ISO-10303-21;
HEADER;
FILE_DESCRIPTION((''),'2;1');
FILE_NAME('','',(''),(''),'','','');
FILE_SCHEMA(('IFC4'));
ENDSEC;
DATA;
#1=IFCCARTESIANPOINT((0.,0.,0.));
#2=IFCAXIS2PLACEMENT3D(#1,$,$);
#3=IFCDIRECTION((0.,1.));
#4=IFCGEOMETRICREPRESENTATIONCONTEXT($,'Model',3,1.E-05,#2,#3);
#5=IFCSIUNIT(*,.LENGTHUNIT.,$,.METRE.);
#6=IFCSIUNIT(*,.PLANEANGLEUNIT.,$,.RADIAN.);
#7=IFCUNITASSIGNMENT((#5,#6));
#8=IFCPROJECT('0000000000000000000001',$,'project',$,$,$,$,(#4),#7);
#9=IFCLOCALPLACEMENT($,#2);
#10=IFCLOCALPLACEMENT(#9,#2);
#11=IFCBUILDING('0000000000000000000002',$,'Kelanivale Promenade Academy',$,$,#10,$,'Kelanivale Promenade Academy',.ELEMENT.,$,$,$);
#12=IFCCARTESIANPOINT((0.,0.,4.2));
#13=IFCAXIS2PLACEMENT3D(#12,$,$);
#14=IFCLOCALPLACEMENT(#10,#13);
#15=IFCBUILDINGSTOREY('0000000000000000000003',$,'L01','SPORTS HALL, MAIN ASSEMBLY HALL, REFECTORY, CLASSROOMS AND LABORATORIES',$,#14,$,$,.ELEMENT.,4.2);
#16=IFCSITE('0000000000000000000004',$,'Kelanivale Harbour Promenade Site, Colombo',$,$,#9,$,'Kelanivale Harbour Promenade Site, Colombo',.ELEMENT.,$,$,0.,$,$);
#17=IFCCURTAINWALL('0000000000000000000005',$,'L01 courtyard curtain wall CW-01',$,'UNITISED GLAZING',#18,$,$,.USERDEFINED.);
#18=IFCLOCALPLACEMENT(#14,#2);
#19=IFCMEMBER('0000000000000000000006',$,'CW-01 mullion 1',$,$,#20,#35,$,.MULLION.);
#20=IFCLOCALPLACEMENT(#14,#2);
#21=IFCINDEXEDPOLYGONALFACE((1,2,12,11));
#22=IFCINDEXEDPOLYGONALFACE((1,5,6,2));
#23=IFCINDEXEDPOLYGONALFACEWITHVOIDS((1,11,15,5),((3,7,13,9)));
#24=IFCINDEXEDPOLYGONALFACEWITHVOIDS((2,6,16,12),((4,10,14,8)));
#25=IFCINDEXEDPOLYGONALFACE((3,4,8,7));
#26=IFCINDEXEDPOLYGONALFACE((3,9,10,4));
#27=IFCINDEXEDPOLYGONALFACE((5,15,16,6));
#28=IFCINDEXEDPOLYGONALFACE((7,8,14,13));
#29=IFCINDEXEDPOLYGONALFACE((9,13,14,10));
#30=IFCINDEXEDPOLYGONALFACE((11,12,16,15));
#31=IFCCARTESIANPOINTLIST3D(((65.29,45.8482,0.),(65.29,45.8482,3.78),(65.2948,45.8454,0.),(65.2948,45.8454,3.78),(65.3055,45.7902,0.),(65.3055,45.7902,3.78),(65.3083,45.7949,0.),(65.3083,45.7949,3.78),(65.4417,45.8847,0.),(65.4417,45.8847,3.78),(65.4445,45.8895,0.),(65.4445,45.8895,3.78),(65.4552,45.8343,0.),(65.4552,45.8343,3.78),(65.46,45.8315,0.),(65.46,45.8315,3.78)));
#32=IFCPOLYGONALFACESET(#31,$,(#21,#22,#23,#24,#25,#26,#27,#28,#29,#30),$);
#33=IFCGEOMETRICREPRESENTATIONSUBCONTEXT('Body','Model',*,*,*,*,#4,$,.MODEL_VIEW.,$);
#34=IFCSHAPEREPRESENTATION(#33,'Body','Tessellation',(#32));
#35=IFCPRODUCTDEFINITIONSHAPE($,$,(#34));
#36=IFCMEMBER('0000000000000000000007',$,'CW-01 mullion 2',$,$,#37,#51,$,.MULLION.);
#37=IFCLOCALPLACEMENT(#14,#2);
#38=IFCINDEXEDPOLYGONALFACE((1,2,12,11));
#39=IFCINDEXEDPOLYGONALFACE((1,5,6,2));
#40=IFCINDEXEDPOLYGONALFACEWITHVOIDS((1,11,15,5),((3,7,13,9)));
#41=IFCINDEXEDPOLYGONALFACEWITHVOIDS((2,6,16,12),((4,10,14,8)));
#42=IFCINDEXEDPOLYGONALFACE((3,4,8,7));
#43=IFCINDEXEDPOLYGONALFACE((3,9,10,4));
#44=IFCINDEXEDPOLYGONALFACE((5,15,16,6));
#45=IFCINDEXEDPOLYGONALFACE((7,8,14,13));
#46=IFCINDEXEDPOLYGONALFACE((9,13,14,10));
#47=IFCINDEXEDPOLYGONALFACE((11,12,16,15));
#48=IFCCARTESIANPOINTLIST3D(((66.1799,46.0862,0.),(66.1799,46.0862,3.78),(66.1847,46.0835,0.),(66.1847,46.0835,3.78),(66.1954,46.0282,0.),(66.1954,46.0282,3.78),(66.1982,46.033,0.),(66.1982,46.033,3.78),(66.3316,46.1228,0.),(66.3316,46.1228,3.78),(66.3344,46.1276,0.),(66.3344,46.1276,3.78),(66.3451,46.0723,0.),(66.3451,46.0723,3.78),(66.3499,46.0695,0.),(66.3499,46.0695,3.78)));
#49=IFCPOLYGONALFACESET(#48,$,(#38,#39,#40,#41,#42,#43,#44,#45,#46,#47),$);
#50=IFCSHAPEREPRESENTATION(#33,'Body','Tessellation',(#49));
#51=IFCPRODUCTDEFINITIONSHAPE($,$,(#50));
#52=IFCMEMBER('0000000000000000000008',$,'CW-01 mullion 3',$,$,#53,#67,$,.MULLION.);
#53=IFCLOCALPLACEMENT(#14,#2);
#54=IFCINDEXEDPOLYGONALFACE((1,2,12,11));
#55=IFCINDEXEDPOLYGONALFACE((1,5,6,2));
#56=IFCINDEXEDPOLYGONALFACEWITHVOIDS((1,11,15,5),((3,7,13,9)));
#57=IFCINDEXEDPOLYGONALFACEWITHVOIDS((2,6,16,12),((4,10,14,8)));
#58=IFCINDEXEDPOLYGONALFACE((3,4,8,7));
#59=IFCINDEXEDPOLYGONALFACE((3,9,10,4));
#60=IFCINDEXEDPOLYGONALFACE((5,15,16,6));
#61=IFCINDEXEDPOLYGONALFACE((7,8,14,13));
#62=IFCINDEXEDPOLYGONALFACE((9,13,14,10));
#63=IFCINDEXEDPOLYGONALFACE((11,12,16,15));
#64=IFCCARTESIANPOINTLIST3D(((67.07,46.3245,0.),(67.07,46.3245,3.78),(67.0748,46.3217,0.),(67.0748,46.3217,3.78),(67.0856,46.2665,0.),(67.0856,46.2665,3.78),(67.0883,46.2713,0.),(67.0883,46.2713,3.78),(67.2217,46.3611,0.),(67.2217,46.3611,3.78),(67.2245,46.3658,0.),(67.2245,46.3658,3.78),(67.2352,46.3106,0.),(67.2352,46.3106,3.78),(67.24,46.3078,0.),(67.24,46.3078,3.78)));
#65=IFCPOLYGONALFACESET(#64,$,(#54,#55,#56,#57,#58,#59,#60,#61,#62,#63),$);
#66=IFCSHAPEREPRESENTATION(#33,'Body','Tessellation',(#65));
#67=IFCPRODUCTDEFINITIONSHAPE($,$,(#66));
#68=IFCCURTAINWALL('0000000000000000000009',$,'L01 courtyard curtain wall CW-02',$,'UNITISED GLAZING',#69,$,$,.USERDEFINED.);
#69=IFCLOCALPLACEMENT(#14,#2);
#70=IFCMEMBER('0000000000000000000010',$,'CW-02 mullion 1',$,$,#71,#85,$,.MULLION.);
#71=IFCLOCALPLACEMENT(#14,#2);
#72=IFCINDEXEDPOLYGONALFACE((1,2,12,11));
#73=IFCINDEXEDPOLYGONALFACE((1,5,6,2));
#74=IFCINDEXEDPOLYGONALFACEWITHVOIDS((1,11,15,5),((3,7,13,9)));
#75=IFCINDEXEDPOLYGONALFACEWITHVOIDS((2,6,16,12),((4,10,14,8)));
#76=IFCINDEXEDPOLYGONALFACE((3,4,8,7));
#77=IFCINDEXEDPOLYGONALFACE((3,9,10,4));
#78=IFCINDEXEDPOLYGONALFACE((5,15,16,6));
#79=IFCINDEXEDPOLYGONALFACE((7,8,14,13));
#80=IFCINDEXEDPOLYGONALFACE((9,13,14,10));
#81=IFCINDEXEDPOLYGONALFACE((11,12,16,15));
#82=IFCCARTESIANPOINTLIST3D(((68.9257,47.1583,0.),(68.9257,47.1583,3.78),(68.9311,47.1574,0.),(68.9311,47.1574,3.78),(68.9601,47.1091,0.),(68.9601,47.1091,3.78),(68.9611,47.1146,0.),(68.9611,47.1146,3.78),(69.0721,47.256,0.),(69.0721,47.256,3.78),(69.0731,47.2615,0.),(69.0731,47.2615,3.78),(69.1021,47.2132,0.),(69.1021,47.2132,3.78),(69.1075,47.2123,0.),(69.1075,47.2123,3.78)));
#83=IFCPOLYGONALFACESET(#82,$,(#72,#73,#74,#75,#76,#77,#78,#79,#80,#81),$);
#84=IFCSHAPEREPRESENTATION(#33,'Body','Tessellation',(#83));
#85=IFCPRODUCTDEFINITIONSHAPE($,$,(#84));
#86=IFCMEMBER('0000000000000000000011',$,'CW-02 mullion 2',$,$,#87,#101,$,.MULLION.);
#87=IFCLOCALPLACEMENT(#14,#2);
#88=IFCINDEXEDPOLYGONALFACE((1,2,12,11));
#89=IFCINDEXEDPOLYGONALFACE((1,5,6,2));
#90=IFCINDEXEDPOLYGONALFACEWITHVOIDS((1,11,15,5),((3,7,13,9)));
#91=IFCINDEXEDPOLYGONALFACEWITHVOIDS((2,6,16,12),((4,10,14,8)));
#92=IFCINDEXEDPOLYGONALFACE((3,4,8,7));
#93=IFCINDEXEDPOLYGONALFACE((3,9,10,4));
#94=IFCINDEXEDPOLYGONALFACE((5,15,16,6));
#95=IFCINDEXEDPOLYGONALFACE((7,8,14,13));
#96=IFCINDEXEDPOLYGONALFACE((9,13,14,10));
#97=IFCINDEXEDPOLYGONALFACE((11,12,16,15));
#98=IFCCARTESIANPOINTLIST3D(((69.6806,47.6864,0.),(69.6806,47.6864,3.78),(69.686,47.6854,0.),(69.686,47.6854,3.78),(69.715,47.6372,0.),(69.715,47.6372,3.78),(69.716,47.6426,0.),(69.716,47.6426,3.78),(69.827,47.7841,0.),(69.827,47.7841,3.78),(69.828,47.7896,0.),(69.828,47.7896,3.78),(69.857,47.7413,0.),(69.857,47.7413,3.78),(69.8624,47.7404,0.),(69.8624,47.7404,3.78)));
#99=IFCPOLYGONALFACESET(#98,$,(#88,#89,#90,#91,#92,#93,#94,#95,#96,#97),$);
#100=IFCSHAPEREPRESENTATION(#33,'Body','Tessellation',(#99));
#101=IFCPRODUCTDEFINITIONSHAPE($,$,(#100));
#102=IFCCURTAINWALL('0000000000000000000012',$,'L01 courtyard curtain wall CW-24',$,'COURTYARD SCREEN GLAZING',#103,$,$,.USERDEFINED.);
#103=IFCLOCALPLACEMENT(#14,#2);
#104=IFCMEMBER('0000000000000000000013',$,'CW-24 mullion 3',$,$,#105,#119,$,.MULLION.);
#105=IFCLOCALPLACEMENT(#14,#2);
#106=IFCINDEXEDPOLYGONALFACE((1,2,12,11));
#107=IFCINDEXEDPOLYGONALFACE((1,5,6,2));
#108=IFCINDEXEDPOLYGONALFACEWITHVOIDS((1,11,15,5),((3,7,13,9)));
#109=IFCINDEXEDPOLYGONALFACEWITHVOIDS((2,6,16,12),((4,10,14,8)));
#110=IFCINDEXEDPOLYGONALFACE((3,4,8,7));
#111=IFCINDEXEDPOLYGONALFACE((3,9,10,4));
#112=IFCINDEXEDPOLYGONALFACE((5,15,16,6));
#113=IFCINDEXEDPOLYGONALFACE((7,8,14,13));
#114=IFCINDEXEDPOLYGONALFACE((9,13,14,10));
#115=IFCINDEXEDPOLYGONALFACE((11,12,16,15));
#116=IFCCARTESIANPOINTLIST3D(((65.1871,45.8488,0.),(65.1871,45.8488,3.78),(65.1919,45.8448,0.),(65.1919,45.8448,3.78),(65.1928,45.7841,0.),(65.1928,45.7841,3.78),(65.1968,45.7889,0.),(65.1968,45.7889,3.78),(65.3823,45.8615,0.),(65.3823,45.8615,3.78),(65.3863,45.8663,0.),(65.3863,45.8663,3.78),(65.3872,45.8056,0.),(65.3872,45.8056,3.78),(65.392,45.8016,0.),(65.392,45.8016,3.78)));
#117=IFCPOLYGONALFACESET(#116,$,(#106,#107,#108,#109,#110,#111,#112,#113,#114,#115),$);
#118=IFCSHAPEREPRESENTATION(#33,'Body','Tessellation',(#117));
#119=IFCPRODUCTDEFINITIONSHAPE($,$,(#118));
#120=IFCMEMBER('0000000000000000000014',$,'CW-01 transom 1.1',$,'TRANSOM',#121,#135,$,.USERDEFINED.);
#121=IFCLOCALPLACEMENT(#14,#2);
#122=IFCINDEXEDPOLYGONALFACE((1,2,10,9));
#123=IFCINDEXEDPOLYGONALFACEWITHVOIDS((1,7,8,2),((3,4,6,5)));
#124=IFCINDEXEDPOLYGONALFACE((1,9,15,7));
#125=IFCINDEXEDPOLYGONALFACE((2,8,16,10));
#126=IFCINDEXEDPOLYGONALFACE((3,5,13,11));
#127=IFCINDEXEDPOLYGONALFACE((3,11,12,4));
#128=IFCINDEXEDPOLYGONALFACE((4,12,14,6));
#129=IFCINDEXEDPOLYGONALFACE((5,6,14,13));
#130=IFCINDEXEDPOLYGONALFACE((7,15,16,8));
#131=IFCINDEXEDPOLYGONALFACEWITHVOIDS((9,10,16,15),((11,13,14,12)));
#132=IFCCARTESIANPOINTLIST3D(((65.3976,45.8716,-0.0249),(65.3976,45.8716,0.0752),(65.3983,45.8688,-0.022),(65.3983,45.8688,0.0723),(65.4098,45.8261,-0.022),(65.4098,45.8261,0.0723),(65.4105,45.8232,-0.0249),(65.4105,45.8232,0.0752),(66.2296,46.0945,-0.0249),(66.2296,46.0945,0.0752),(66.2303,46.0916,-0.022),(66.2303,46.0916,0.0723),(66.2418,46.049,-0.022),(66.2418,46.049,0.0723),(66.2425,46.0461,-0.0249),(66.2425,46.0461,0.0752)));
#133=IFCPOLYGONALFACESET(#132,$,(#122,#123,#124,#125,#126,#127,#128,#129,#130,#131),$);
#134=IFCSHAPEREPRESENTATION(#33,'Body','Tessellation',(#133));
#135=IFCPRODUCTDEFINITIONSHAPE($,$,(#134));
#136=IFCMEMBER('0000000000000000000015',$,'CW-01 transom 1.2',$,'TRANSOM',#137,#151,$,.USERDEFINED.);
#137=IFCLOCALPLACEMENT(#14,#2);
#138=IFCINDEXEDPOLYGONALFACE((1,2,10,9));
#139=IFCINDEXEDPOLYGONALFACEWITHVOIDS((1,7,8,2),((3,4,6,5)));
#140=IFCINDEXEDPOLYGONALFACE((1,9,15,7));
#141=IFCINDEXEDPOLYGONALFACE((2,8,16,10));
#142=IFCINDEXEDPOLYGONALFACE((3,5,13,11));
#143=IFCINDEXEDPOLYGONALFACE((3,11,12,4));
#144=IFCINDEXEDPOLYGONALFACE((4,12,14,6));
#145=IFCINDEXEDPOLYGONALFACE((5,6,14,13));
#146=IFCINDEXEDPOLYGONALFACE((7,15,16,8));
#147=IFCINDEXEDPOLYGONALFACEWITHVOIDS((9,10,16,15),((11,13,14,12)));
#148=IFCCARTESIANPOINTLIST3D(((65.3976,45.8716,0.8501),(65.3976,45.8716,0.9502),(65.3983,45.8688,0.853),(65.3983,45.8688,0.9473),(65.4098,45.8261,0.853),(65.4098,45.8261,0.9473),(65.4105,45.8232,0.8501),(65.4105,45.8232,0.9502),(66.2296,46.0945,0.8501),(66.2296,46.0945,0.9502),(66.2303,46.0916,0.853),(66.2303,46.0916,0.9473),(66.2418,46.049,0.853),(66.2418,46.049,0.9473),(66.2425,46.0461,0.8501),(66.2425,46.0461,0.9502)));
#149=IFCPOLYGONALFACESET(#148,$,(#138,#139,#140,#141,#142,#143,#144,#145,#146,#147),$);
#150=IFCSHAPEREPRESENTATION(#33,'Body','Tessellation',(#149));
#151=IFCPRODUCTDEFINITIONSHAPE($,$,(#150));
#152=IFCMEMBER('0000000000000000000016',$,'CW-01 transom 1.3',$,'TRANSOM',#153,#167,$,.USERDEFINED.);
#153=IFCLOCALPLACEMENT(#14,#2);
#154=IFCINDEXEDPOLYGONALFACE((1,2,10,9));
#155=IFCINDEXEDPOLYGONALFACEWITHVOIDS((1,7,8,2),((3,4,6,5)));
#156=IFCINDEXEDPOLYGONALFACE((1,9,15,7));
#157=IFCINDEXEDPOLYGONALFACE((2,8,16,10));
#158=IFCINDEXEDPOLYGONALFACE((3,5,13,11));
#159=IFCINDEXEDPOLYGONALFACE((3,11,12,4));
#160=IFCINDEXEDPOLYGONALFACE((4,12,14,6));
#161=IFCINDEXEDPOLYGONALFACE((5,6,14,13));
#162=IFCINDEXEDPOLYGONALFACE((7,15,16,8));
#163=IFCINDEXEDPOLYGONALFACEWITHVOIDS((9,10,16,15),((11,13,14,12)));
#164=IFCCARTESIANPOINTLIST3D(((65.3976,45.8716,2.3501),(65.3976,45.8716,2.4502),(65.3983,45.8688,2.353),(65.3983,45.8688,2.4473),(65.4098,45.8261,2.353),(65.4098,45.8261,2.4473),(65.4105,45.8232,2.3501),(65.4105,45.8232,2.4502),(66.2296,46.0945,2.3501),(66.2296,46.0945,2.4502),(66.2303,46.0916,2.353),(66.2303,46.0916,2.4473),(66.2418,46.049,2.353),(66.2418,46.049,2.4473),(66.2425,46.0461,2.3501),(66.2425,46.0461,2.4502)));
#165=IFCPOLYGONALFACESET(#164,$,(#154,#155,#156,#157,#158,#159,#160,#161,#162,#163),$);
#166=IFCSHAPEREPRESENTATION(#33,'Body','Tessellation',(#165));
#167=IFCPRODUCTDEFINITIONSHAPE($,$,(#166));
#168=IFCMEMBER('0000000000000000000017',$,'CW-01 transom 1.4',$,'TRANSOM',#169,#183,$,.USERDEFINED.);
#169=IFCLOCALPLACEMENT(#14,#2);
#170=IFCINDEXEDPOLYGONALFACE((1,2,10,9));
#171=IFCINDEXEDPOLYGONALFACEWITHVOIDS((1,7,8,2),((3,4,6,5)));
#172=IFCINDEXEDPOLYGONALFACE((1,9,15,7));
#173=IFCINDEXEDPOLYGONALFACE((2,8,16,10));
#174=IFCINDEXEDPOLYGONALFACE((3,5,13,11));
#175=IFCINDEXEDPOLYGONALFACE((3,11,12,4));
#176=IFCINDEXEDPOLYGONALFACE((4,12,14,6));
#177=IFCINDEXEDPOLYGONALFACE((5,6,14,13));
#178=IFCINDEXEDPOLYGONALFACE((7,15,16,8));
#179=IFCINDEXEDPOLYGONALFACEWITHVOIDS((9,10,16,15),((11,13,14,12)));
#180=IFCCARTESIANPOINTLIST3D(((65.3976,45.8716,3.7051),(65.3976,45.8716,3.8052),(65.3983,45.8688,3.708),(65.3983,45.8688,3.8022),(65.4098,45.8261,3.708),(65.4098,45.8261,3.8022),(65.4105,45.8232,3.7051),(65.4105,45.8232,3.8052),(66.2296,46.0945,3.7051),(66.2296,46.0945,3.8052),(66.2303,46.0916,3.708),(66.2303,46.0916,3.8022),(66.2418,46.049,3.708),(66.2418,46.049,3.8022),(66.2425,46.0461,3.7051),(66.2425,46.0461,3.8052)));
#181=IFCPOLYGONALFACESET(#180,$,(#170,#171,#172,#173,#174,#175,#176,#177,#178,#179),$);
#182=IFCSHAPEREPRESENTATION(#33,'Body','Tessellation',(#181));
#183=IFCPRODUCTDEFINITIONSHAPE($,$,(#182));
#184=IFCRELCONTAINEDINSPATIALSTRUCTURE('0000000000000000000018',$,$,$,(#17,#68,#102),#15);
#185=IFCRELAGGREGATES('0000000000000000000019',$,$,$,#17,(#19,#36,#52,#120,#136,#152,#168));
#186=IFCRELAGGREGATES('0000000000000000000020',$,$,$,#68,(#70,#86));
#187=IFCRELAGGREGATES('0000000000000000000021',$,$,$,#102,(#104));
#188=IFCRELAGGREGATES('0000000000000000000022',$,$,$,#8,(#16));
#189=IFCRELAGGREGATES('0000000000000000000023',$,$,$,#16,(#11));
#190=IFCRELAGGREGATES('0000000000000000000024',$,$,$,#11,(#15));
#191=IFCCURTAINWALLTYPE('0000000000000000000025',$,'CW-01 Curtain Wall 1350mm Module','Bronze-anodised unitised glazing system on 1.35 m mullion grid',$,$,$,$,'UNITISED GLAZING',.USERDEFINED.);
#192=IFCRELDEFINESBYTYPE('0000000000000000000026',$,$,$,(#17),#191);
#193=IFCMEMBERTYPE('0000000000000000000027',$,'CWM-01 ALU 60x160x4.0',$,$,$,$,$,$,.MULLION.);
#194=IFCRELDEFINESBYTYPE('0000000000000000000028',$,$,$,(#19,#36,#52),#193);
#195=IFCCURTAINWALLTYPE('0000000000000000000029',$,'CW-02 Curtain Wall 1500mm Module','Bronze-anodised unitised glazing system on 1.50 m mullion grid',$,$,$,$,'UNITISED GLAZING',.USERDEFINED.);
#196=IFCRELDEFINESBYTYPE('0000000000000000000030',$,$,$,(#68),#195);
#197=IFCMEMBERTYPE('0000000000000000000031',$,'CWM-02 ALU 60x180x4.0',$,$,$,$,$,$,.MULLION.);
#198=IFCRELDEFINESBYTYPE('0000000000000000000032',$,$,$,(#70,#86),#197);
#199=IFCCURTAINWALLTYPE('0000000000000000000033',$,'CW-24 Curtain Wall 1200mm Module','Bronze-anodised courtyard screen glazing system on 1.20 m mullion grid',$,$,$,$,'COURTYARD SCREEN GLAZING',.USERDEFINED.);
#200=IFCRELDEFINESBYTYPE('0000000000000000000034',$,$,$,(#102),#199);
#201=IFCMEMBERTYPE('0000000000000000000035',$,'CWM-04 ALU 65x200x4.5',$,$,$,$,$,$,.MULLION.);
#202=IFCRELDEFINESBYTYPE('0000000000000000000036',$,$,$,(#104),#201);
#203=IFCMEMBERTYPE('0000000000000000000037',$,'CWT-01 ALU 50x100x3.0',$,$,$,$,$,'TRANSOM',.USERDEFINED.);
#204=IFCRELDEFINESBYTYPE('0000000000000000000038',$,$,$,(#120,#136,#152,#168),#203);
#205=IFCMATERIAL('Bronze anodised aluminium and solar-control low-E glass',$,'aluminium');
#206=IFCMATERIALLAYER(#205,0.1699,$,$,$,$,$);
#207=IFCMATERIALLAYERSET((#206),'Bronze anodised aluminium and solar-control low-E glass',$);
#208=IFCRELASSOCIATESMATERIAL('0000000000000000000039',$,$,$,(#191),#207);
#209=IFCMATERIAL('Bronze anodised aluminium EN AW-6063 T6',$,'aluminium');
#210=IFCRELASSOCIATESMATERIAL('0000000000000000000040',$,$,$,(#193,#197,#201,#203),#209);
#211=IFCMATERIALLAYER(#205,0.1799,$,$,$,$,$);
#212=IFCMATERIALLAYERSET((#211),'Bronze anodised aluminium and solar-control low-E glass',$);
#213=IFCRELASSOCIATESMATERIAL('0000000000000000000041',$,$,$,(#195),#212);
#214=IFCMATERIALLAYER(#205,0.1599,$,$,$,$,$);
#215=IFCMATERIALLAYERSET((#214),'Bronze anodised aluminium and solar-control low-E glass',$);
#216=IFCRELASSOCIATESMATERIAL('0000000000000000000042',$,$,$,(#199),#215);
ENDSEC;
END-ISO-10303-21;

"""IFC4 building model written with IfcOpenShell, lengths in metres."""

from ifc_helpers import new_model, si_unit, direction, frame, origin, origin_2d, place, context, subcontext, project, spatial, hollow_rectangle, extrude, material, layer, layer_set, material_profile, profile_set, type_object, element, aggregate, save


model = new_model("IFC4")

# Units and contexts
model_context = context("Model", 3, precision=1e-05, world=origin(), true_north=direction((0.0, 1.0)))
body_context = subcontext(model_context, "Body", "Model", "MODEL_VIEW")
ifc_project = project(units=[si_unit("LENGTHUNIT", "METRE"), si_unit("PLANEANGLEUNIT", "RADIAN")], contexts=[model_context])

# Site, building, storey
site_placement = place(None, origin())
site = spatial("IfcSite", under=ifc_project, at=site_placement, Name="Kelanivale Harbour Promenade Site, Colombo", LongName="Kelanivale Harbour Promenade Site, Colombo", CompositionType="ELEMENT", RefElevation=0.0)
building_placement = place(site_placement, origin())
building = spatial("IfcBuilding", under=site, at=building_placement, Name="Kelanivale Promenade Academy", LongName="Kelanivale Promenade Academy", CompositionType="ELEMENT")
storey_placement = place(building_placement, frame((0.0, 0.0, 4.2)))
storey = spatial("IfcBuildingStorey", under=building, at=storey_placement, Name="L01", Description="SPORTS HALL, MAIN ASSEMBLY HALL, REFECTORY, CLASSROOMS AND LABORATORIES", CompositionType="ELEMENT", Elevation=4.2)

# Curtain walls, members
ifc_material_1 = material(Name="Bronze anodised aluminium and solar-control low-E glass", Category="aluminium")
ifc_layer_1 = layer(ifc_material_1, 0.1699)
ifc_layer_set_1 = layer_set([ifc_layer_1], Name="Bronze anodised aluminium and solar-control low-E glass")
curtain_wall_type_1 = type_object("IfcCurtainWallType", Name="CW-01 Curtain Wall 1350mm Module", Description="Bronze-anodised unitised glazing system on 1.35 m mullion grid", ElementType="UNITISED GLAZING", PredefinedType="USERDEFINED", material=ifc_layer_set_1)
curtain_wall_1_placement = place(storey_placement, origin())
curtain_wall_1 = element("IfcCurtainWall", 1, at=curtain_wall_1_placement, inside=storey, type_object=curtain_wall_type_1, Name="L01 courtyard curtain wall CW-01", ObjectType="UNITISED GLAZING", PredefinedType="USERDEFINED")
ifc_material_2 = material(Name="Bronze anodised aluminium EN AW-6063 T6", Category="aluminium")
ifc_material_profile_1 = material_profile(ifc_material_2, hollow_rectangle(XDim=0.0601, YDim=0.1599, WallThickness=0.0039, at=origin_2d()), Name="ALU 60x160x4.0")
ifc_profile_set_1 = profile_set([ifc_material_profile_1], Name="Bronze anodised aluminium EN AW-6063 T6")
member_type_1 = type_object("IfcMemberType", Name="CWM-01 ALU 60x160x4.0", PredefinedType="MULLION", material=ifc_profile_set_1)
member_1_placement = place(storey_placement, frame((65.375, 45.8398, 0.0), z_axis=(0.0, 0.0, 1.0), x_axis=(-0.258578, 0.96599, 0.0)))
member_1 = element("IfcMember", 2, at=member_1_placement, type_object=member_type_1, Name="CW-01 mullion 1", PredefinedType="MULLION", context=body_context, shape_type="SweptSolid", body=[
    extrude(hollow_rectangle(XDim=0.0601, YDim=0.1599, WallThickness=0.0039, at=origin_2d()), origin(), (0.0, 0.0, 1.0), 3.78),
])
member_2_placement = place(storey_placement, frame((66.2649, 46.0779, 0.0), z_axis=(0.0, 0.0, 1.0), x_axis=(-0.258578, 0.96599, 0.0)))
member_2 = element("IfcMember", 3, at=member_2_placement, type_object=member_type_1, Name="CW-01 mullion 2", PredefinedType="MULLION", context=body_context, shape_type="SweptSolid", body=[
    extrude(hollow_rectangle(XDim=0.0601, YDim=0.1599, WallThickness=0.0039, at=origin_2d()), origin(), (0.0, 0.0, 1.0), 3.78),
])
member_3_placement = place(storey_placement, frame((67.155, 46.3162, 0.0), z_axis=(0.0, 0.0, 1.0), x_axis=(-0.258578, 0.96599, 0.0)))
member_3 = element("IfcMember", 4, at=member_3_placement, type_object=member_type_1, Name="CW-01 mullion 3", PredefinedType="MULLION", context=body_context, shape_type="SweptSolid", body=[
    extrude(hollow_rectangle(XDim=0.0601, YDim=0.1599, WallThickness=0.0039, at=origin_2d()), origin(), (0.0, 0.0, 1.0), 3.78),
])
ifc_layer_2 = layer(ifc_material_1, 0.1799)
ifc_layer_set_2 = layer_set([ifc_layer_2], Name="Bronze anodised aluminium and solar-control low-E glass")
curtain_wall_type_2 = type_object("IfcCurtainWallType", Name="CW-02 Curtain Wall 1500mm Module", Description="Bronze-anodised unitised glazing system on 1.50 m mullion grid", ElementType="UNITISED GLAZING", PredefinedType="USERDEFINED", material=ifc_layer_set_2)
curtain_wall_2_placement = place(storey_placement, origin())
curtain_wall_2 = element("IfcCurtainWall", 5, at=curtain_wall_2_placement, inside=storey, type_object=curtain_wall_type_2, Name="L01 courtyard curtain wall CW-02", ObjectType="UNITISED GLAZING", PredefinedType="USERDEFINED")
ifc_material_profile_2 = material_profile(ifc_material_2, hollow_rectangle(XDim=0.0601, YDim=0.1799, WallThickness=0.0039, at=origin_2d()), Name="ALU 60x180x4.0")
ifc_profile_set_2 = profile_set([ifc_material_profile_2], Name="Bronze anodised aluminium EN AW-6063 T6")
member_type_2 = type_object("IfcMemberType", Name="CWM-02 ALU 60x180x4.0", PredefinedType="MULLION", material=ifc_profile_set_2)
member_4_placement = place(storey_placement, frame((69.0166, 47.1853, 0.0), z_axis=(0.0, 0.0, 1.0), x_axis=(-0.573357, 0.819306, 0.0)))
member_4 = element("IfcMember", 6, at=member_4_placement, type_object=member_type_2, Name="CW-02 mullion 1", PredefinedType="MULLION", context=body_context, shape_type="SweptSolid", body=[
    extrude(hollow_rectangle(XDim=0.0601, YDim=0.1799, WallThickness=0.0039, at=origin_2d()), origin(), (0.0, 0.0, 1.0), 3.78),
])
member_5_placement = place(storey_placement, frame((69.7715, 47.7134, 0.0), z_axis=(0.0, 0.0, 1.0), x_axis=(-0.573357, 0.819306, 0.0)))
member_5 = element("IfcMember", 7, at=member_5_placement, type_object=member_type_2, Name="CW-02 mullion 2", PredefinedType="MULLION", context=body_context, shape_type="SweptSolid", body=[
    extrude(hollow_rectangle(XDim=0.0601, YDim=0.1799, WallThickness=0.0039, at=origin_2d()), origin(), (0.0, 0.0, 1.0), 3.78),
])

# Curtain wall, member
ifc_layer_3 = layer(ifc_material_1, 0.1599)
ifc_layer_set_3 = layer_set([ifc_layer_3], Name="Bronze anodised aluminium and solar-control low-E glass")
curtain_wall_type_3 = type_object("IfcCurtainWallType", Name="CW-24 Curtain Wall 1200mm Module", Description="Bronze-anodised courtyard screen glazing system on 1.20 m mullion grid", ElementType="COURTYARD SCREEN GLAZING", PredefinedType="USERDEFINED", material=ifc_layer_set_3)
curtain_wall_3_placement = place(storey_placement, origin())
curtain_wall_3 = element("IfcCurtainWall", 8, at=curtain_wall_3_placement, inside=storey, type_object=curtain_wall_type_3, Name="L01 courtyard curtain wall CW-24", ObjectType="COURTYARD SCREEN GLAZING", PredefinedType="USERDEFINED")
ifc_material_profile_3 = material_profile(ifc_material_2, hollow_rectangle(XDim=0.0649, YDim=0.2, WallThickness=0.0044, at=origin_2d()), Name="ALU 65x200x4.5")
ifc_profile_set_3 = profile_set([ifc_material_profile_3], Name="Bronze anodised aluminium EN AW-6063 T6")
member_type_3 = type_object("IfcMemberType", Name="CWM-04 ALU 65x200x4.5", PredefinedType="MULLION", material=ifc_profile_set_3)
member_6_placement = place(storey_placement, frame((65.2896, 45.8252, 0.0), z_axis=(0.0, 0.0, 1.0), x_axis=(-0.087102, 0.996199, 0.0)))
member_6 = element("IfcMember", 9, at=member_6_placement, type_object=member_type_3, Name="CW-24 mullion 3", PredefinedType="MULLION", context=body_context, shape_type="SweptSolid", body=[
    extrude(hollow_rectangle(XDim=0.0649, YDim=0.2, WallThickness=0.0044, at=origin_2d()), origin(), (0.0, 0.0, 1.0), 3.78),
])

# Members
ifc_material_profile_4 = material_profile(ifc_material_2, hollow_rectangle(XDim=0.05, YDim=0.1001, WallThickness=0.0029, at=origin_2d()), Name="ALU 50x100x3.0")
ifc_profile_set_4 = profile_set([ifc_material_profile_4], Name="Bronze anodised aluminium EN AW-6063 T6")
member_type_4 = type_object("IfcMemberType", Name="CWT-01 ALU 50x100x3.0", ElementType="TRANSOM", PredefinedType="USERDEFINED", material=ifc_profile_set_4)
member_7_placement = place(storey_placement, frame((65.4041, 45.8474, 0.0251), z_axis=(0.965938, 0.258774, 0.0), x_axis=(-0.258774, 0.965938, 0.0)))
member_7 = element("IfcMember", 10, at=member_7_placement, type_object=member_type_4, Name="CW-01 transom 1.1", ObjectType="TRANSOM", PredefinedType="USERDEFINED", context=body_context, shape_type="SweptSolid", body=[
    extrude(hollow_rectangle(XDim=0.05, YDim=0.1001, WallThickness=0.0029, at=origin_2d()), origin(), (0.0, 0.0, 1.0), 0.8613),
])
member_8_placement = place(storey_placement, frame((65.4041, 45.8474, 0.9001), z_axis=(0.965938, 0.258774, 0.0), x_axis=(-0.258774, 0.965938, 0.0)))
member_8 = element("IfcMember", 11, at=member_8_placement, type_object=member_type_4, Name="CW-01 transom 1.2", ObjectType="TRANSOM", PredefinedType="USERDEFINED", context=body_context, shape_type="SweptSolid", body=[
    extrude(hollow_rectangle(XDim=0.05, YDim=0.1001, WallThickness=0.0029, at=origin_2d()), origin(), (0.0, 0.0, 1.0), 0.8613),
])
member_9_placement = place(storey_placement, frame((65.4041, 45.8474, 2.4001), z_axis=(0.965938, 0.258774, 0.0), x_axis=(-0.258774, 0.965938, 0.0)))
member_9 = element("IfcMember", 12, at=member_9_placement, type_object=member_type_4, Name="CW-01 transom 1.3", ObjectType="TRANSOM", PredefinedType="USERDEFINED", context=body_context, shape_type="SweptSolid", body=[
    extrude(hollow_rectangle(XDim=0.05, YDim=0.1001, WallThickness=0.0029, at=origin_2d()), origin(), (0.0, 0.0, 1.0), 0.8613),
])
member_10_placement = place(storey_placement, frame((65.4041, 45.8474, 3.7551), z_axis=(0.965938, 0.258774, 0.0), x_axis=(-0.258774, 0.965938, 0.0)))
member_10 = element("IfcMember", 13, at=member_10_placement, type_object=member_type_4, Name="CW-01 transom 1.4", ObjectType="TRANSOM", PredefinedType="USERDEFINED", context=body_context, shape_type="SweptSolid", body=[
    extrude(hollow_rectangle(XDim=0.05, YDim=0.1001, WallThickness=0.0029, at=origin_2d()), origin(), (0.0, 0.0, 1.0), 0.8613),
])

aggregate(curtain_wall_1, [member_1, member_2, member_3, member_7, member_8, member_9, member_10])
aggregate(curtain_wall_2, [member_4, member_5])
aggregate(curtain_wall_3, [member_6])

save(model, "model.ifc")
